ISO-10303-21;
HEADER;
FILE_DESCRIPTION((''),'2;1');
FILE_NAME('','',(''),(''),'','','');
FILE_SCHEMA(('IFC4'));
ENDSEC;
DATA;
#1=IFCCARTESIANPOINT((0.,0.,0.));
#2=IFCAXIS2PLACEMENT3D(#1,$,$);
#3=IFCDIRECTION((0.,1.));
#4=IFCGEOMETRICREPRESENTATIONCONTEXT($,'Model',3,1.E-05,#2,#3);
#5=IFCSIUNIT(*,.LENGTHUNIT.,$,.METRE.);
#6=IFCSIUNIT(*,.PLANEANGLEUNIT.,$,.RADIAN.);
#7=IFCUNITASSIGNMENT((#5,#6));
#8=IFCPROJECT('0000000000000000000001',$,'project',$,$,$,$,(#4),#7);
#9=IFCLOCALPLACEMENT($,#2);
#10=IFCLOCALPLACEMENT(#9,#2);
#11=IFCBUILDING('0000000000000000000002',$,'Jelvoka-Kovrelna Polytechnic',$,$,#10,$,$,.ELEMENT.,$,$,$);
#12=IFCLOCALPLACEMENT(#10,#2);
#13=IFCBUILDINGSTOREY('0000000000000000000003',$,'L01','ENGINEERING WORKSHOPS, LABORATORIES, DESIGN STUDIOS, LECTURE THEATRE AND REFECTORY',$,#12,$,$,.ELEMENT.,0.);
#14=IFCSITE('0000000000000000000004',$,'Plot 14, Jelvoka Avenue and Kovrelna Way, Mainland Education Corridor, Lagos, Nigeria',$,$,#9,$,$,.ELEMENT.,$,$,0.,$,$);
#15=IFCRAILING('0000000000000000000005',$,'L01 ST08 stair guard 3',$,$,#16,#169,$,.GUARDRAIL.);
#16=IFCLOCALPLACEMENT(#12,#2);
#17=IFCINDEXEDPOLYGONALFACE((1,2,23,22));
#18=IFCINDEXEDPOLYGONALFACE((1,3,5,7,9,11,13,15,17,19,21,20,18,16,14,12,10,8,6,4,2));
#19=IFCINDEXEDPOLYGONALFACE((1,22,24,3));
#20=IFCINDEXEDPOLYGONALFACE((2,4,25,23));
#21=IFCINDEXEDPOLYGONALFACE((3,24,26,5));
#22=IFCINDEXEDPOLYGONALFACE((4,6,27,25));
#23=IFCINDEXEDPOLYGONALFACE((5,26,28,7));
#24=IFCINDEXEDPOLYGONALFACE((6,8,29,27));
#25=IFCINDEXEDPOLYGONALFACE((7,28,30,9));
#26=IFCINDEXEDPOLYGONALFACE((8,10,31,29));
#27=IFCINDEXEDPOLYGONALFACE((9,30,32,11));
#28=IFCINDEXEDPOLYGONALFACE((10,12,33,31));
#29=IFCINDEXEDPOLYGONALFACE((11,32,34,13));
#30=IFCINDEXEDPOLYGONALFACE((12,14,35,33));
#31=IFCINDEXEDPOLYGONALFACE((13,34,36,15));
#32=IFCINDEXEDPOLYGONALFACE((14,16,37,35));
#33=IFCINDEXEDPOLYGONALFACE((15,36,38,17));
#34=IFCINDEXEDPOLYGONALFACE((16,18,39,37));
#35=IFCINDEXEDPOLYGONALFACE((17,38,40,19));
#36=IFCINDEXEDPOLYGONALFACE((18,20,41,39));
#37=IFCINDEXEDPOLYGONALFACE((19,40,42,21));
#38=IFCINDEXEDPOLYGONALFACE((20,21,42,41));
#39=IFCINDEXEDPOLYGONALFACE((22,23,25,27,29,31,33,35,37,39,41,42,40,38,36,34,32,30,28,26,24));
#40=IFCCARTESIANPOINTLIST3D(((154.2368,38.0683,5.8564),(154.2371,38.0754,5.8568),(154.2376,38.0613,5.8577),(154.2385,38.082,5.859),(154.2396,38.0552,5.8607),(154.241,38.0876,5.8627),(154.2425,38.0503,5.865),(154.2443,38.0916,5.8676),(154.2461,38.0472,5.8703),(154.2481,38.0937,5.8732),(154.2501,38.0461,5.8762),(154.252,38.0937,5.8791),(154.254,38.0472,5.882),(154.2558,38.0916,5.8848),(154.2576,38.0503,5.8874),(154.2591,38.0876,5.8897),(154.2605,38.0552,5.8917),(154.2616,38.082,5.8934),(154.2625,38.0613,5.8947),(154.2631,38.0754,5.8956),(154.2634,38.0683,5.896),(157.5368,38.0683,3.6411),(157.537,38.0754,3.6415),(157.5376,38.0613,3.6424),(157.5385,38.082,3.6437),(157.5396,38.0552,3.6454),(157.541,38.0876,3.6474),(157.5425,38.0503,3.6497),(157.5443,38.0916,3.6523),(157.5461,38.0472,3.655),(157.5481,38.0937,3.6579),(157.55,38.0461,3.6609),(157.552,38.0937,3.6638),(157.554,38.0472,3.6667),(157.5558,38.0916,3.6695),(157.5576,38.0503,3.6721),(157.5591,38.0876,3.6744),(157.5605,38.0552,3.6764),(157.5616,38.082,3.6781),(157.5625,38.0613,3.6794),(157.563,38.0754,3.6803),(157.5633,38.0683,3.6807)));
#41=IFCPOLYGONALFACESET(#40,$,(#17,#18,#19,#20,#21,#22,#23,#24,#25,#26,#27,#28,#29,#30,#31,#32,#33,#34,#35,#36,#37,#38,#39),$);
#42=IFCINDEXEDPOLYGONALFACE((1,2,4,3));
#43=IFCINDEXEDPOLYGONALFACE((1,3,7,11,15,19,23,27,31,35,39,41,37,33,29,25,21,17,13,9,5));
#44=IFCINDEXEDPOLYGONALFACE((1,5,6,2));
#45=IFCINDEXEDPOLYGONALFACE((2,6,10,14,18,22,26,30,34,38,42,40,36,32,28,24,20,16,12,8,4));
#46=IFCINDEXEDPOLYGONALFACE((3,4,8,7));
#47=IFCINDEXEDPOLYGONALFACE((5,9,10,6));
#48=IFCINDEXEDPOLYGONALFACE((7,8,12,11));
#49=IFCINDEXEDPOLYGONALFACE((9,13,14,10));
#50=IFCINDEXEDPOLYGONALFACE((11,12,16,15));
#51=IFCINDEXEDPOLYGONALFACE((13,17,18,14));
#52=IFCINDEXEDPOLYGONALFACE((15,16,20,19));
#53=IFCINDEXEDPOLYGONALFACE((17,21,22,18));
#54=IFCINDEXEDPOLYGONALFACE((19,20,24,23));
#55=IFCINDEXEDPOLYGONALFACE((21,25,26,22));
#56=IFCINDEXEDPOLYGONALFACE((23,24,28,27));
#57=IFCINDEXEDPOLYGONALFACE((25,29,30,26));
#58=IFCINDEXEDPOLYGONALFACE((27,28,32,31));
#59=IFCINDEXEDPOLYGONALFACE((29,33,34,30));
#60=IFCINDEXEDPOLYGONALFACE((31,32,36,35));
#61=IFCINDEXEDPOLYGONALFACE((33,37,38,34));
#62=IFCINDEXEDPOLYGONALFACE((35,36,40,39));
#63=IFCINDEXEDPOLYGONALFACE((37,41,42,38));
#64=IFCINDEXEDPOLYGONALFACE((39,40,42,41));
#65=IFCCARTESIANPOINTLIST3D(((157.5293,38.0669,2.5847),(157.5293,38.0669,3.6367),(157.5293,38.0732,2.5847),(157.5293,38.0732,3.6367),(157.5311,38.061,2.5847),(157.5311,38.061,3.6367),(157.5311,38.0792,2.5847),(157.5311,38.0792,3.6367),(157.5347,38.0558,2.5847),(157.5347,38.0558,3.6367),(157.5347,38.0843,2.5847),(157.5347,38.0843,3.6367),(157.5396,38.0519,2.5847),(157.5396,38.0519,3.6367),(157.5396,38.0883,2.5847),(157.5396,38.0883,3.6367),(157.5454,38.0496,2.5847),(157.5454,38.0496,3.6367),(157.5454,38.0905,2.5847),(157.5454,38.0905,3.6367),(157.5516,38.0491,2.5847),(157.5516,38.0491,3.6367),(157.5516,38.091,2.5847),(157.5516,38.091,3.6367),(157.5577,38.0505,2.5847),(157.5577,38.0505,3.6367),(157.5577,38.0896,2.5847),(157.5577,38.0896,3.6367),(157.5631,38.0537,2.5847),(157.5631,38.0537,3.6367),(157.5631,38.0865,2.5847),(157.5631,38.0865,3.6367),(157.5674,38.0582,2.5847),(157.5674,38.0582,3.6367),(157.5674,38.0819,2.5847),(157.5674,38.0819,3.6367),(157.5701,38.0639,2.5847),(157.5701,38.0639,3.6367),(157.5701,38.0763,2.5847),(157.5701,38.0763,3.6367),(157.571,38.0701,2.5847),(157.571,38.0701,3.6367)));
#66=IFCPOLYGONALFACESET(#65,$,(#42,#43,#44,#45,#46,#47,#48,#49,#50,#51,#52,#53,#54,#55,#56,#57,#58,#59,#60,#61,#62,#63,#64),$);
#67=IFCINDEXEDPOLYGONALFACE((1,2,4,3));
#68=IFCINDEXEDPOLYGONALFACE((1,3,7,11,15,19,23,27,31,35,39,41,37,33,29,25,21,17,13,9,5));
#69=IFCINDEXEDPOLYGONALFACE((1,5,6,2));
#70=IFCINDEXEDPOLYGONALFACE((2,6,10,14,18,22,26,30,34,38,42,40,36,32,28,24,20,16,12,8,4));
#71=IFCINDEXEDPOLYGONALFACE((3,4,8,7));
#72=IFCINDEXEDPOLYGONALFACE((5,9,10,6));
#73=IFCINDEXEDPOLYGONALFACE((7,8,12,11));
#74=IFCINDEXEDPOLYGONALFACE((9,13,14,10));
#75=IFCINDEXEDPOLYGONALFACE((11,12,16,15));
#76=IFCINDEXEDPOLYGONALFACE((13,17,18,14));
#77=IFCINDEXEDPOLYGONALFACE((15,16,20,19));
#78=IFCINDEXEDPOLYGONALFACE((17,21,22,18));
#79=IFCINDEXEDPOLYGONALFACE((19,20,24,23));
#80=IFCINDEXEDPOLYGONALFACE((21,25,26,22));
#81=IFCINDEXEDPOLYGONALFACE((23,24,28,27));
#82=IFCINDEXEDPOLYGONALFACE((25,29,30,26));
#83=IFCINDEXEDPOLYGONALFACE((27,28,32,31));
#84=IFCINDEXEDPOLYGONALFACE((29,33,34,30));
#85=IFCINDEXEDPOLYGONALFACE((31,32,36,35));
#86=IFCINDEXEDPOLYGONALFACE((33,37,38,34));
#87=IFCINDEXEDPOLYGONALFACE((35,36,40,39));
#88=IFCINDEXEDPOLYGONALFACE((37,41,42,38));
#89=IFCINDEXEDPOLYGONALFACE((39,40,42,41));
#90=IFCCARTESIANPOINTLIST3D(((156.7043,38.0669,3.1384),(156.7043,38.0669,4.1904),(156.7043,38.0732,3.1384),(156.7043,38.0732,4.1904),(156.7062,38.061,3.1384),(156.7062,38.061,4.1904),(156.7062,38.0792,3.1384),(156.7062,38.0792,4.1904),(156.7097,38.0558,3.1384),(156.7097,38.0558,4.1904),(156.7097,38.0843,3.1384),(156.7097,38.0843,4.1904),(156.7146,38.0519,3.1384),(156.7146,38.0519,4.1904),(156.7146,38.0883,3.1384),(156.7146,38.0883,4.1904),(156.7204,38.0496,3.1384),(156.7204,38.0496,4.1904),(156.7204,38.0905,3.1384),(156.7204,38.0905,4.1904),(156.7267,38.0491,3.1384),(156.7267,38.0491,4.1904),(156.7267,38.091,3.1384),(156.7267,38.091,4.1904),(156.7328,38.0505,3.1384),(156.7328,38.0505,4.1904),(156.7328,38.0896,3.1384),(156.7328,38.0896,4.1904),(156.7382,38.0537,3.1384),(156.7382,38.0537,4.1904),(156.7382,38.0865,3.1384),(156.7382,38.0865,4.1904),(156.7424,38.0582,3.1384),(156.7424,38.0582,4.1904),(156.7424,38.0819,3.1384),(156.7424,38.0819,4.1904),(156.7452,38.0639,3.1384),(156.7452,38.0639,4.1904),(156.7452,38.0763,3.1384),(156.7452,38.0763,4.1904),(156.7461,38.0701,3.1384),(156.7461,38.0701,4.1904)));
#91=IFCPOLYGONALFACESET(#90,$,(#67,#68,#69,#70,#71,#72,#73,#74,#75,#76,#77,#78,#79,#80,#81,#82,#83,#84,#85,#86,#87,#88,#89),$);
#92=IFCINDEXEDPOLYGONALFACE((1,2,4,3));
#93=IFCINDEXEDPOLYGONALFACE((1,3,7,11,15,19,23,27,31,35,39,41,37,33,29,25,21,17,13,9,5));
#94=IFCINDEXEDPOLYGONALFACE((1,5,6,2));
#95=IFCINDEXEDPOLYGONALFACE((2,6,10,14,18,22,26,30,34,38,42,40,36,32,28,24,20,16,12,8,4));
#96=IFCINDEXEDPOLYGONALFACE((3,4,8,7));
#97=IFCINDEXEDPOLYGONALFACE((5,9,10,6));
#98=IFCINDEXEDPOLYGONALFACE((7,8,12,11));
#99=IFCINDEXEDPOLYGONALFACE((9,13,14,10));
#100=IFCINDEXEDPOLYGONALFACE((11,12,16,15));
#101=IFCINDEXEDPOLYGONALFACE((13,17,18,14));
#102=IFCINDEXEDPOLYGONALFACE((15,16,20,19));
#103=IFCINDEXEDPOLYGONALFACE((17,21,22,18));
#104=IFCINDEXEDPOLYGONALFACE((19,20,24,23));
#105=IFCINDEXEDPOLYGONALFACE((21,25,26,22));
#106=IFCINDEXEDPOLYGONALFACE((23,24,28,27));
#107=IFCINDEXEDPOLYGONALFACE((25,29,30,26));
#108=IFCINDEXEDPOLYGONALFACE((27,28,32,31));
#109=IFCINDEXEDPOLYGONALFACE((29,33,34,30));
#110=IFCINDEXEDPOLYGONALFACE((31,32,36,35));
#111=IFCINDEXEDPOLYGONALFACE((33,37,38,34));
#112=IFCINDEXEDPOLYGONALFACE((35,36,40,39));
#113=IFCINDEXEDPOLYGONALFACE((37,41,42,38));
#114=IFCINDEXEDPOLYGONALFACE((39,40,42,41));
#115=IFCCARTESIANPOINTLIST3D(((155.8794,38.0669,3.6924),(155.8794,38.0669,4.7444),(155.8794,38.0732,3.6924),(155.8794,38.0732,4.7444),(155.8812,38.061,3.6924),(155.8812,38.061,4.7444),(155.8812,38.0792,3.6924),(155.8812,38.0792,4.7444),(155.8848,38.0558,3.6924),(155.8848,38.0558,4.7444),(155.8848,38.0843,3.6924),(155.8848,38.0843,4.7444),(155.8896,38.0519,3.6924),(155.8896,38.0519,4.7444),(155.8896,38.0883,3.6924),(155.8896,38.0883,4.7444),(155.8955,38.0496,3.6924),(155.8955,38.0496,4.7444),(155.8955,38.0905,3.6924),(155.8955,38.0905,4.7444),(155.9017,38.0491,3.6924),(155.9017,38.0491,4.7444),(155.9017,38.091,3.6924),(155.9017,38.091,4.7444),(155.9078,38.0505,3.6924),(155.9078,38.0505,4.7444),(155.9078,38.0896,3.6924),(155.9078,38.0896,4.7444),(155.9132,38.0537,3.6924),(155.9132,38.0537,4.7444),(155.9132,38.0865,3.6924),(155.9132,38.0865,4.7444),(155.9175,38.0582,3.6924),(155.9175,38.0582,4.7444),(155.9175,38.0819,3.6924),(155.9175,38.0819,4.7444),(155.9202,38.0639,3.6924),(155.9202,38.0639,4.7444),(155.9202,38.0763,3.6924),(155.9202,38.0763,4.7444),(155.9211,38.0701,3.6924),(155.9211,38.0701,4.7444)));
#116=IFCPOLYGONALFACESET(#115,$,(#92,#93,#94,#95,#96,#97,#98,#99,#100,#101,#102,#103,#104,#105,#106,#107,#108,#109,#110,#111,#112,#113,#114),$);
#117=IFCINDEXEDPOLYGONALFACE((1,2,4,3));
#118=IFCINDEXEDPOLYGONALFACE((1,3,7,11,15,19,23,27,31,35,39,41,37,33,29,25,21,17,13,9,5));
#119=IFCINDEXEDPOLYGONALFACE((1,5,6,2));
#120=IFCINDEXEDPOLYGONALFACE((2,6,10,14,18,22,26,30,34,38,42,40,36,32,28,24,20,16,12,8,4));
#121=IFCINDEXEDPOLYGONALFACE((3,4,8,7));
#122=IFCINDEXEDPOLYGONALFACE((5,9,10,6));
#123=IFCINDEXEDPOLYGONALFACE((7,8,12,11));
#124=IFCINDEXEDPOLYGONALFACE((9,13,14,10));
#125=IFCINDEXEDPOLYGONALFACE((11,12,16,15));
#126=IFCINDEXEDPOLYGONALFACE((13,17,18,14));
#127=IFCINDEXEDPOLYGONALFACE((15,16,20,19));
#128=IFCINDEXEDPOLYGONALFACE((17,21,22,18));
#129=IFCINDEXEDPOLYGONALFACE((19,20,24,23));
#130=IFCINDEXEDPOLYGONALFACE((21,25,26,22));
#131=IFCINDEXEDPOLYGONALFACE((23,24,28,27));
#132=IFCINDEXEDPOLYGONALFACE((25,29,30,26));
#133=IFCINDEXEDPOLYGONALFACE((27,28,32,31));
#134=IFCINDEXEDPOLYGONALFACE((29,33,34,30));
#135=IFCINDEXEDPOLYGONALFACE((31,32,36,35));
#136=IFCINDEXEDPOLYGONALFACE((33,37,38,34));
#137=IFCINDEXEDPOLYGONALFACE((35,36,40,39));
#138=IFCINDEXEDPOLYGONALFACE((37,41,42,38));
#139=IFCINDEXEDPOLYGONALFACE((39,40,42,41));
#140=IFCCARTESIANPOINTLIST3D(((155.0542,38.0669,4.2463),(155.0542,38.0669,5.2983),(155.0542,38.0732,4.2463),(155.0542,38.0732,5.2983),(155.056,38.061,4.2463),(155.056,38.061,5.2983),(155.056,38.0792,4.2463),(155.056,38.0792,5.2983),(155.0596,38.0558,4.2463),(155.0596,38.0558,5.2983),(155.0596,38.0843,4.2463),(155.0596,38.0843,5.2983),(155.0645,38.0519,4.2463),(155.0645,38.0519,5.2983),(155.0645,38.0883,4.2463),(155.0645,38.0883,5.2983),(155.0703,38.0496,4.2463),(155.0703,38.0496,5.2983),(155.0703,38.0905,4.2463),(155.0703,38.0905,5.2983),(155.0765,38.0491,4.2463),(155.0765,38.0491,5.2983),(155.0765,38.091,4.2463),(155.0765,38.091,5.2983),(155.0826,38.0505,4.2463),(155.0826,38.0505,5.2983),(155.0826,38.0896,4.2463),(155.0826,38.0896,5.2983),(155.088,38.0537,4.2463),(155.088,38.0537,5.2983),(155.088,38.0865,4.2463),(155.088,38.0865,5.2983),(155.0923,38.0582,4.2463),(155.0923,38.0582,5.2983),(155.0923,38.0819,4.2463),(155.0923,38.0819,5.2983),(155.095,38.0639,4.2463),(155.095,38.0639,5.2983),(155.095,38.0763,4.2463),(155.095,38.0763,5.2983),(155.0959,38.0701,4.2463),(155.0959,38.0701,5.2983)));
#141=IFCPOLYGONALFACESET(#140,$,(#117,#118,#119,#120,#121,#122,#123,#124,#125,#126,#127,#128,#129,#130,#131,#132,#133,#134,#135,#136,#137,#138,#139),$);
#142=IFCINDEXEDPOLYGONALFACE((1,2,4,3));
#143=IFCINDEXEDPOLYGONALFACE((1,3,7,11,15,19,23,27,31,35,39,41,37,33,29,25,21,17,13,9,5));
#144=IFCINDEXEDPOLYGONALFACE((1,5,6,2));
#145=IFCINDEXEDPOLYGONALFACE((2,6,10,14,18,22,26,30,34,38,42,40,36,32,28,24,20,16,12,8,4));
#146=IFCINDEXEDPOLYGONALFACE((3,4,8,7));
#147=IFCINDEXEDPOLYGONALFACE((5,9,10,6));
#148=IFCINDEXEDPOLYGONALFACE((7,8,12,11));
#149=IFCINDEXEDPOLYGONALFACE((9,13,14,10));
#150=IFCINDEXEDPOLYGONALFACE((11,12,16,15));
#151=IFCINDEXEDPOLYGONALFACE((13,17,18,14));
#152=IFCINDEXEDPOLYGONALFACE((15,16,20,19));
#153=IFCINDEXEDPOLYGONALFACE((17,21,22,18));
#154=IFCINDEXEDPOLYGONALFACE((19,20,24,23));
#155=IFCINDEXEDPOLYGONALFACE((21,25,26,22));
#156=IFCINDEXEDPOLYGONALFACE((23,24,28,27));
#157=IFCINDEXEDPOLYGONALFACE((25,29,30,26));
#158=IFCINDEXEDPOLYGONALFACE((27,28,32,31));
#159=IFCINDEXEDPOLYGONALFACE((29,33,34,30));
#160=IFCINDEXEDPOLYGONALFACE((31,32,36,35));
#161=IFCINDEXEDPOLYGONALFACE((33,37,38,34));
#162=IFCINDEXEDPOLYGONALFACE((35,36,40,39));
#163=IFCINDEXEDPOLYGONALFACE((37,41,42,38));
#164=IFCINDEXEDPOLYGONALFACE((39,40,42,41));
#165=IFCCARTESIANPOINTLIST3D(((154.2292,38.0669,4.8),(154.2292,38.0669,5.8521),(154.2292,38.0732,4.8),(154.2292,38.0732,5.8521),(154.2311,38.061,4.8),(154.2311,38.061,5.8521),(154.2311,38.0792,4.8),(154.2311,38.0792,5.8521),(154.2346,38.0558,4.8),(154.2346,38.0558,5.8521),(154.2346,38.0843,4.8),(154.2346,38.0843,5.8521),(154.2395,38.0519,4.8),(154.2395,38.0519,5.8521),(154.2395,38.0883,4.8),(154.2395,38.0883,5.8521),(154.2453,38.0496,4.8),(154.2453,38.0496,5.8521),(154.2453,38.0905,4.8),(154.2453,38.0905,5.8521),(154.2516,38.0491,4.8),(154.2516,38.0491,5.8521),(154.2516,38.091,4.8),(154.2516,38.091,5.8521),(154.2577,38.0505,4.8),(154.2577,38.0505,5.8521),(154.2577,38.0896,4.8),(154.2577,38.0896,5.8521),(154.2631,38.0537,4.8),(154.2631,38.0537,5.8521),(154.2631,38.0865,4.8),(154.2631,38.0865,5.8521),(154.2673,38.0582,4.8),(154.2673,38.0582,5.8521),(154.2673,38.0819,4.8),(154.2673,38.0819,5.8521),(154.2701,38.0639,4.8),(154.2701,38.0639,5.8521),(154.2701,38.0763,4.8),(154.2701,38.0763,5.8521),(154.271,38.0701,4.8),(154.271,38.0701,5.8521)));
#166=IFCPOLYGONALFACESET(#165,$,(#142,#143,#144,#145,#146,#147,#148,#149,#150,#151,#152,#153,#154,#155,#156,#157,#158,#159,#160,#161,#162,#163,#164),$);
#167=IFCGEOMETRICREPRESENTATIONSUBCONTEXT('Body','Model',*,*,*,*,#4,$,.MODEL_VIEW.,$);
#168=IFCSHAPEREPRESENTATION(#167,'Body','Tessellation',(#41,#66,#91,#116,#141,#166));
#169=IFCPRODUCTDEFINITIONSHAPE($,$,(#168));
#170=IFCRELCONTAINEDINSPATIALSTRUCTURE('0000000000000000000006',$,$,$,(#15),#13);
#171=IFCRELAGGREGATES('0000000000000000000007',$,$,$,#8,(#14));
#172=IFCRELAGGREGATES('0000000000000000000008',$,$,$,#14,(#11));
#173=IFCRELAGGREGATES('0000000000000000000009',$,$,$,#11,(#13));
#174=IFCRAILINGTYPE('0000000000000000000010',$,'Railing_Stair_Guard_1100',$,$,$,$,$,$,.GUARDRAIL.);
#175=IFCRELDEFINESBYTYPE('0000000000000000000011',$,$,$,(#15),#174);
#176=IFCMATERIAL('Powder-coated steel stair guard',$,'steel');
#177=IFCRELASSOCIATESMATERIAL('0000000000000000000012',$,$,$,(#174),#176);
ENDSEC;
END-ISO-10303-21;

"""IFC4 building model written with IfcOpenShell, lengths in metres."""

from ifc_helpers import new_model, si_unit, direction, frame, origin, origin_2d, place, context, subcontext, project, spatial, circle, extrude, material, type_object, element, save


model = new_model("IFC4")

# Units and contexts
model_context = context("Model", 3, precision=1e-05, world=origin(), true_north=direction((0.0, 1.0)))
body_context = subcontext(model_context, "Body", "Model", "MODEL_VIEW")
ifc_project = project(units=[si_unit("LENGTHUNIT", "METRE"), si_unit("PLANEANGLEUNIT", "RADIAN")], contexts=[model_context])

# Site, building, storey
site_placement = place(None, origin())
site = spatial("IfcSite", under=ifc_project, at=site_placement, Name="Plot 14, Jelvoka Avenue and Kovrelna Way, Mainland Education Corridor, Lagos, Nigeria", CompositionType="ELEMENT", RefElevation=0.0)
building_placement = place(site_placement, origin())
building = spatial("IfcBuilding", under=site, at=building_placement, Name="Jelvoka-Kovrelna Polytechnic", CompositionType="ELEMENT")
storey_placement = place(building_placement, origin())
storey = spatial("IfcBuildingStorey", under=building, at=storey_placement, Name="L01", Description="ENGINEERING WORKSHOPS, LABORATORIES, DESIGN STUDIOS, LECTURE THEATRE AND REFECTORY", CompositionType="ELEMENT", Elevation=0.0)

# Railing
ifc_material_1 = material(Name="Powder-coated steel stair guard", Category="steel")
railing_type_1 = type_object("IfcRailingType", Name="Railing_Stair_Guard_1100", PredefinedType="GUARDRAIL", material=ifc_material_1)
railing_1_placement = place(storey_placement, frame((157.55, 38.0701, 2.5847)))
element("IfcRailing", 1, at=railing_1_placement, inside=storey, type_object=railing_type_1, Name="L01 ST08 stair guard 3", PredefinedType="GUARDRAIL", context=body_context, shape_type="SweptSolid", body=[
    extrude(circle(Radius=0.0239, at=origin_2d()), frame((0.0, 0.0, 1.0762), z_axis=(-0.830269, 0.0, 0.557362), x_axis=(0.0, -1.0, 0.0)), (0.0, 0.0, 1.0), 3.9746),
    extrude(circle(Radius=0.021, at=origin_2d()), origin(), (0.0, 0.0, 1.0), 1.052),
    extrude(circle(Radius=0.021, at=origin_2d()), frame((-0.825, 0.0, 0.5537)), (0.0, 0.0, 1.0), 1.052),
    extrude(circle(Radius=0.021, at=origin_2d()), frame((-1.6499, 0.0, 1.1077)), (0.0, 0.0, 1.0), 1.052),
    extrude(circle(Radius=0.021, at=origin_2d()), frame((-2.4751, 0.0, 1.6616)), (0.0, 0.0, 1.0), 1.052),
    extrude(circle(Radius=0.021, at=origin_2d()), frame((-3.3, 0.0, 2.2153)), (0.0, 0.0, 1.0), 1.052),
])

save(model, "model.ifc")
